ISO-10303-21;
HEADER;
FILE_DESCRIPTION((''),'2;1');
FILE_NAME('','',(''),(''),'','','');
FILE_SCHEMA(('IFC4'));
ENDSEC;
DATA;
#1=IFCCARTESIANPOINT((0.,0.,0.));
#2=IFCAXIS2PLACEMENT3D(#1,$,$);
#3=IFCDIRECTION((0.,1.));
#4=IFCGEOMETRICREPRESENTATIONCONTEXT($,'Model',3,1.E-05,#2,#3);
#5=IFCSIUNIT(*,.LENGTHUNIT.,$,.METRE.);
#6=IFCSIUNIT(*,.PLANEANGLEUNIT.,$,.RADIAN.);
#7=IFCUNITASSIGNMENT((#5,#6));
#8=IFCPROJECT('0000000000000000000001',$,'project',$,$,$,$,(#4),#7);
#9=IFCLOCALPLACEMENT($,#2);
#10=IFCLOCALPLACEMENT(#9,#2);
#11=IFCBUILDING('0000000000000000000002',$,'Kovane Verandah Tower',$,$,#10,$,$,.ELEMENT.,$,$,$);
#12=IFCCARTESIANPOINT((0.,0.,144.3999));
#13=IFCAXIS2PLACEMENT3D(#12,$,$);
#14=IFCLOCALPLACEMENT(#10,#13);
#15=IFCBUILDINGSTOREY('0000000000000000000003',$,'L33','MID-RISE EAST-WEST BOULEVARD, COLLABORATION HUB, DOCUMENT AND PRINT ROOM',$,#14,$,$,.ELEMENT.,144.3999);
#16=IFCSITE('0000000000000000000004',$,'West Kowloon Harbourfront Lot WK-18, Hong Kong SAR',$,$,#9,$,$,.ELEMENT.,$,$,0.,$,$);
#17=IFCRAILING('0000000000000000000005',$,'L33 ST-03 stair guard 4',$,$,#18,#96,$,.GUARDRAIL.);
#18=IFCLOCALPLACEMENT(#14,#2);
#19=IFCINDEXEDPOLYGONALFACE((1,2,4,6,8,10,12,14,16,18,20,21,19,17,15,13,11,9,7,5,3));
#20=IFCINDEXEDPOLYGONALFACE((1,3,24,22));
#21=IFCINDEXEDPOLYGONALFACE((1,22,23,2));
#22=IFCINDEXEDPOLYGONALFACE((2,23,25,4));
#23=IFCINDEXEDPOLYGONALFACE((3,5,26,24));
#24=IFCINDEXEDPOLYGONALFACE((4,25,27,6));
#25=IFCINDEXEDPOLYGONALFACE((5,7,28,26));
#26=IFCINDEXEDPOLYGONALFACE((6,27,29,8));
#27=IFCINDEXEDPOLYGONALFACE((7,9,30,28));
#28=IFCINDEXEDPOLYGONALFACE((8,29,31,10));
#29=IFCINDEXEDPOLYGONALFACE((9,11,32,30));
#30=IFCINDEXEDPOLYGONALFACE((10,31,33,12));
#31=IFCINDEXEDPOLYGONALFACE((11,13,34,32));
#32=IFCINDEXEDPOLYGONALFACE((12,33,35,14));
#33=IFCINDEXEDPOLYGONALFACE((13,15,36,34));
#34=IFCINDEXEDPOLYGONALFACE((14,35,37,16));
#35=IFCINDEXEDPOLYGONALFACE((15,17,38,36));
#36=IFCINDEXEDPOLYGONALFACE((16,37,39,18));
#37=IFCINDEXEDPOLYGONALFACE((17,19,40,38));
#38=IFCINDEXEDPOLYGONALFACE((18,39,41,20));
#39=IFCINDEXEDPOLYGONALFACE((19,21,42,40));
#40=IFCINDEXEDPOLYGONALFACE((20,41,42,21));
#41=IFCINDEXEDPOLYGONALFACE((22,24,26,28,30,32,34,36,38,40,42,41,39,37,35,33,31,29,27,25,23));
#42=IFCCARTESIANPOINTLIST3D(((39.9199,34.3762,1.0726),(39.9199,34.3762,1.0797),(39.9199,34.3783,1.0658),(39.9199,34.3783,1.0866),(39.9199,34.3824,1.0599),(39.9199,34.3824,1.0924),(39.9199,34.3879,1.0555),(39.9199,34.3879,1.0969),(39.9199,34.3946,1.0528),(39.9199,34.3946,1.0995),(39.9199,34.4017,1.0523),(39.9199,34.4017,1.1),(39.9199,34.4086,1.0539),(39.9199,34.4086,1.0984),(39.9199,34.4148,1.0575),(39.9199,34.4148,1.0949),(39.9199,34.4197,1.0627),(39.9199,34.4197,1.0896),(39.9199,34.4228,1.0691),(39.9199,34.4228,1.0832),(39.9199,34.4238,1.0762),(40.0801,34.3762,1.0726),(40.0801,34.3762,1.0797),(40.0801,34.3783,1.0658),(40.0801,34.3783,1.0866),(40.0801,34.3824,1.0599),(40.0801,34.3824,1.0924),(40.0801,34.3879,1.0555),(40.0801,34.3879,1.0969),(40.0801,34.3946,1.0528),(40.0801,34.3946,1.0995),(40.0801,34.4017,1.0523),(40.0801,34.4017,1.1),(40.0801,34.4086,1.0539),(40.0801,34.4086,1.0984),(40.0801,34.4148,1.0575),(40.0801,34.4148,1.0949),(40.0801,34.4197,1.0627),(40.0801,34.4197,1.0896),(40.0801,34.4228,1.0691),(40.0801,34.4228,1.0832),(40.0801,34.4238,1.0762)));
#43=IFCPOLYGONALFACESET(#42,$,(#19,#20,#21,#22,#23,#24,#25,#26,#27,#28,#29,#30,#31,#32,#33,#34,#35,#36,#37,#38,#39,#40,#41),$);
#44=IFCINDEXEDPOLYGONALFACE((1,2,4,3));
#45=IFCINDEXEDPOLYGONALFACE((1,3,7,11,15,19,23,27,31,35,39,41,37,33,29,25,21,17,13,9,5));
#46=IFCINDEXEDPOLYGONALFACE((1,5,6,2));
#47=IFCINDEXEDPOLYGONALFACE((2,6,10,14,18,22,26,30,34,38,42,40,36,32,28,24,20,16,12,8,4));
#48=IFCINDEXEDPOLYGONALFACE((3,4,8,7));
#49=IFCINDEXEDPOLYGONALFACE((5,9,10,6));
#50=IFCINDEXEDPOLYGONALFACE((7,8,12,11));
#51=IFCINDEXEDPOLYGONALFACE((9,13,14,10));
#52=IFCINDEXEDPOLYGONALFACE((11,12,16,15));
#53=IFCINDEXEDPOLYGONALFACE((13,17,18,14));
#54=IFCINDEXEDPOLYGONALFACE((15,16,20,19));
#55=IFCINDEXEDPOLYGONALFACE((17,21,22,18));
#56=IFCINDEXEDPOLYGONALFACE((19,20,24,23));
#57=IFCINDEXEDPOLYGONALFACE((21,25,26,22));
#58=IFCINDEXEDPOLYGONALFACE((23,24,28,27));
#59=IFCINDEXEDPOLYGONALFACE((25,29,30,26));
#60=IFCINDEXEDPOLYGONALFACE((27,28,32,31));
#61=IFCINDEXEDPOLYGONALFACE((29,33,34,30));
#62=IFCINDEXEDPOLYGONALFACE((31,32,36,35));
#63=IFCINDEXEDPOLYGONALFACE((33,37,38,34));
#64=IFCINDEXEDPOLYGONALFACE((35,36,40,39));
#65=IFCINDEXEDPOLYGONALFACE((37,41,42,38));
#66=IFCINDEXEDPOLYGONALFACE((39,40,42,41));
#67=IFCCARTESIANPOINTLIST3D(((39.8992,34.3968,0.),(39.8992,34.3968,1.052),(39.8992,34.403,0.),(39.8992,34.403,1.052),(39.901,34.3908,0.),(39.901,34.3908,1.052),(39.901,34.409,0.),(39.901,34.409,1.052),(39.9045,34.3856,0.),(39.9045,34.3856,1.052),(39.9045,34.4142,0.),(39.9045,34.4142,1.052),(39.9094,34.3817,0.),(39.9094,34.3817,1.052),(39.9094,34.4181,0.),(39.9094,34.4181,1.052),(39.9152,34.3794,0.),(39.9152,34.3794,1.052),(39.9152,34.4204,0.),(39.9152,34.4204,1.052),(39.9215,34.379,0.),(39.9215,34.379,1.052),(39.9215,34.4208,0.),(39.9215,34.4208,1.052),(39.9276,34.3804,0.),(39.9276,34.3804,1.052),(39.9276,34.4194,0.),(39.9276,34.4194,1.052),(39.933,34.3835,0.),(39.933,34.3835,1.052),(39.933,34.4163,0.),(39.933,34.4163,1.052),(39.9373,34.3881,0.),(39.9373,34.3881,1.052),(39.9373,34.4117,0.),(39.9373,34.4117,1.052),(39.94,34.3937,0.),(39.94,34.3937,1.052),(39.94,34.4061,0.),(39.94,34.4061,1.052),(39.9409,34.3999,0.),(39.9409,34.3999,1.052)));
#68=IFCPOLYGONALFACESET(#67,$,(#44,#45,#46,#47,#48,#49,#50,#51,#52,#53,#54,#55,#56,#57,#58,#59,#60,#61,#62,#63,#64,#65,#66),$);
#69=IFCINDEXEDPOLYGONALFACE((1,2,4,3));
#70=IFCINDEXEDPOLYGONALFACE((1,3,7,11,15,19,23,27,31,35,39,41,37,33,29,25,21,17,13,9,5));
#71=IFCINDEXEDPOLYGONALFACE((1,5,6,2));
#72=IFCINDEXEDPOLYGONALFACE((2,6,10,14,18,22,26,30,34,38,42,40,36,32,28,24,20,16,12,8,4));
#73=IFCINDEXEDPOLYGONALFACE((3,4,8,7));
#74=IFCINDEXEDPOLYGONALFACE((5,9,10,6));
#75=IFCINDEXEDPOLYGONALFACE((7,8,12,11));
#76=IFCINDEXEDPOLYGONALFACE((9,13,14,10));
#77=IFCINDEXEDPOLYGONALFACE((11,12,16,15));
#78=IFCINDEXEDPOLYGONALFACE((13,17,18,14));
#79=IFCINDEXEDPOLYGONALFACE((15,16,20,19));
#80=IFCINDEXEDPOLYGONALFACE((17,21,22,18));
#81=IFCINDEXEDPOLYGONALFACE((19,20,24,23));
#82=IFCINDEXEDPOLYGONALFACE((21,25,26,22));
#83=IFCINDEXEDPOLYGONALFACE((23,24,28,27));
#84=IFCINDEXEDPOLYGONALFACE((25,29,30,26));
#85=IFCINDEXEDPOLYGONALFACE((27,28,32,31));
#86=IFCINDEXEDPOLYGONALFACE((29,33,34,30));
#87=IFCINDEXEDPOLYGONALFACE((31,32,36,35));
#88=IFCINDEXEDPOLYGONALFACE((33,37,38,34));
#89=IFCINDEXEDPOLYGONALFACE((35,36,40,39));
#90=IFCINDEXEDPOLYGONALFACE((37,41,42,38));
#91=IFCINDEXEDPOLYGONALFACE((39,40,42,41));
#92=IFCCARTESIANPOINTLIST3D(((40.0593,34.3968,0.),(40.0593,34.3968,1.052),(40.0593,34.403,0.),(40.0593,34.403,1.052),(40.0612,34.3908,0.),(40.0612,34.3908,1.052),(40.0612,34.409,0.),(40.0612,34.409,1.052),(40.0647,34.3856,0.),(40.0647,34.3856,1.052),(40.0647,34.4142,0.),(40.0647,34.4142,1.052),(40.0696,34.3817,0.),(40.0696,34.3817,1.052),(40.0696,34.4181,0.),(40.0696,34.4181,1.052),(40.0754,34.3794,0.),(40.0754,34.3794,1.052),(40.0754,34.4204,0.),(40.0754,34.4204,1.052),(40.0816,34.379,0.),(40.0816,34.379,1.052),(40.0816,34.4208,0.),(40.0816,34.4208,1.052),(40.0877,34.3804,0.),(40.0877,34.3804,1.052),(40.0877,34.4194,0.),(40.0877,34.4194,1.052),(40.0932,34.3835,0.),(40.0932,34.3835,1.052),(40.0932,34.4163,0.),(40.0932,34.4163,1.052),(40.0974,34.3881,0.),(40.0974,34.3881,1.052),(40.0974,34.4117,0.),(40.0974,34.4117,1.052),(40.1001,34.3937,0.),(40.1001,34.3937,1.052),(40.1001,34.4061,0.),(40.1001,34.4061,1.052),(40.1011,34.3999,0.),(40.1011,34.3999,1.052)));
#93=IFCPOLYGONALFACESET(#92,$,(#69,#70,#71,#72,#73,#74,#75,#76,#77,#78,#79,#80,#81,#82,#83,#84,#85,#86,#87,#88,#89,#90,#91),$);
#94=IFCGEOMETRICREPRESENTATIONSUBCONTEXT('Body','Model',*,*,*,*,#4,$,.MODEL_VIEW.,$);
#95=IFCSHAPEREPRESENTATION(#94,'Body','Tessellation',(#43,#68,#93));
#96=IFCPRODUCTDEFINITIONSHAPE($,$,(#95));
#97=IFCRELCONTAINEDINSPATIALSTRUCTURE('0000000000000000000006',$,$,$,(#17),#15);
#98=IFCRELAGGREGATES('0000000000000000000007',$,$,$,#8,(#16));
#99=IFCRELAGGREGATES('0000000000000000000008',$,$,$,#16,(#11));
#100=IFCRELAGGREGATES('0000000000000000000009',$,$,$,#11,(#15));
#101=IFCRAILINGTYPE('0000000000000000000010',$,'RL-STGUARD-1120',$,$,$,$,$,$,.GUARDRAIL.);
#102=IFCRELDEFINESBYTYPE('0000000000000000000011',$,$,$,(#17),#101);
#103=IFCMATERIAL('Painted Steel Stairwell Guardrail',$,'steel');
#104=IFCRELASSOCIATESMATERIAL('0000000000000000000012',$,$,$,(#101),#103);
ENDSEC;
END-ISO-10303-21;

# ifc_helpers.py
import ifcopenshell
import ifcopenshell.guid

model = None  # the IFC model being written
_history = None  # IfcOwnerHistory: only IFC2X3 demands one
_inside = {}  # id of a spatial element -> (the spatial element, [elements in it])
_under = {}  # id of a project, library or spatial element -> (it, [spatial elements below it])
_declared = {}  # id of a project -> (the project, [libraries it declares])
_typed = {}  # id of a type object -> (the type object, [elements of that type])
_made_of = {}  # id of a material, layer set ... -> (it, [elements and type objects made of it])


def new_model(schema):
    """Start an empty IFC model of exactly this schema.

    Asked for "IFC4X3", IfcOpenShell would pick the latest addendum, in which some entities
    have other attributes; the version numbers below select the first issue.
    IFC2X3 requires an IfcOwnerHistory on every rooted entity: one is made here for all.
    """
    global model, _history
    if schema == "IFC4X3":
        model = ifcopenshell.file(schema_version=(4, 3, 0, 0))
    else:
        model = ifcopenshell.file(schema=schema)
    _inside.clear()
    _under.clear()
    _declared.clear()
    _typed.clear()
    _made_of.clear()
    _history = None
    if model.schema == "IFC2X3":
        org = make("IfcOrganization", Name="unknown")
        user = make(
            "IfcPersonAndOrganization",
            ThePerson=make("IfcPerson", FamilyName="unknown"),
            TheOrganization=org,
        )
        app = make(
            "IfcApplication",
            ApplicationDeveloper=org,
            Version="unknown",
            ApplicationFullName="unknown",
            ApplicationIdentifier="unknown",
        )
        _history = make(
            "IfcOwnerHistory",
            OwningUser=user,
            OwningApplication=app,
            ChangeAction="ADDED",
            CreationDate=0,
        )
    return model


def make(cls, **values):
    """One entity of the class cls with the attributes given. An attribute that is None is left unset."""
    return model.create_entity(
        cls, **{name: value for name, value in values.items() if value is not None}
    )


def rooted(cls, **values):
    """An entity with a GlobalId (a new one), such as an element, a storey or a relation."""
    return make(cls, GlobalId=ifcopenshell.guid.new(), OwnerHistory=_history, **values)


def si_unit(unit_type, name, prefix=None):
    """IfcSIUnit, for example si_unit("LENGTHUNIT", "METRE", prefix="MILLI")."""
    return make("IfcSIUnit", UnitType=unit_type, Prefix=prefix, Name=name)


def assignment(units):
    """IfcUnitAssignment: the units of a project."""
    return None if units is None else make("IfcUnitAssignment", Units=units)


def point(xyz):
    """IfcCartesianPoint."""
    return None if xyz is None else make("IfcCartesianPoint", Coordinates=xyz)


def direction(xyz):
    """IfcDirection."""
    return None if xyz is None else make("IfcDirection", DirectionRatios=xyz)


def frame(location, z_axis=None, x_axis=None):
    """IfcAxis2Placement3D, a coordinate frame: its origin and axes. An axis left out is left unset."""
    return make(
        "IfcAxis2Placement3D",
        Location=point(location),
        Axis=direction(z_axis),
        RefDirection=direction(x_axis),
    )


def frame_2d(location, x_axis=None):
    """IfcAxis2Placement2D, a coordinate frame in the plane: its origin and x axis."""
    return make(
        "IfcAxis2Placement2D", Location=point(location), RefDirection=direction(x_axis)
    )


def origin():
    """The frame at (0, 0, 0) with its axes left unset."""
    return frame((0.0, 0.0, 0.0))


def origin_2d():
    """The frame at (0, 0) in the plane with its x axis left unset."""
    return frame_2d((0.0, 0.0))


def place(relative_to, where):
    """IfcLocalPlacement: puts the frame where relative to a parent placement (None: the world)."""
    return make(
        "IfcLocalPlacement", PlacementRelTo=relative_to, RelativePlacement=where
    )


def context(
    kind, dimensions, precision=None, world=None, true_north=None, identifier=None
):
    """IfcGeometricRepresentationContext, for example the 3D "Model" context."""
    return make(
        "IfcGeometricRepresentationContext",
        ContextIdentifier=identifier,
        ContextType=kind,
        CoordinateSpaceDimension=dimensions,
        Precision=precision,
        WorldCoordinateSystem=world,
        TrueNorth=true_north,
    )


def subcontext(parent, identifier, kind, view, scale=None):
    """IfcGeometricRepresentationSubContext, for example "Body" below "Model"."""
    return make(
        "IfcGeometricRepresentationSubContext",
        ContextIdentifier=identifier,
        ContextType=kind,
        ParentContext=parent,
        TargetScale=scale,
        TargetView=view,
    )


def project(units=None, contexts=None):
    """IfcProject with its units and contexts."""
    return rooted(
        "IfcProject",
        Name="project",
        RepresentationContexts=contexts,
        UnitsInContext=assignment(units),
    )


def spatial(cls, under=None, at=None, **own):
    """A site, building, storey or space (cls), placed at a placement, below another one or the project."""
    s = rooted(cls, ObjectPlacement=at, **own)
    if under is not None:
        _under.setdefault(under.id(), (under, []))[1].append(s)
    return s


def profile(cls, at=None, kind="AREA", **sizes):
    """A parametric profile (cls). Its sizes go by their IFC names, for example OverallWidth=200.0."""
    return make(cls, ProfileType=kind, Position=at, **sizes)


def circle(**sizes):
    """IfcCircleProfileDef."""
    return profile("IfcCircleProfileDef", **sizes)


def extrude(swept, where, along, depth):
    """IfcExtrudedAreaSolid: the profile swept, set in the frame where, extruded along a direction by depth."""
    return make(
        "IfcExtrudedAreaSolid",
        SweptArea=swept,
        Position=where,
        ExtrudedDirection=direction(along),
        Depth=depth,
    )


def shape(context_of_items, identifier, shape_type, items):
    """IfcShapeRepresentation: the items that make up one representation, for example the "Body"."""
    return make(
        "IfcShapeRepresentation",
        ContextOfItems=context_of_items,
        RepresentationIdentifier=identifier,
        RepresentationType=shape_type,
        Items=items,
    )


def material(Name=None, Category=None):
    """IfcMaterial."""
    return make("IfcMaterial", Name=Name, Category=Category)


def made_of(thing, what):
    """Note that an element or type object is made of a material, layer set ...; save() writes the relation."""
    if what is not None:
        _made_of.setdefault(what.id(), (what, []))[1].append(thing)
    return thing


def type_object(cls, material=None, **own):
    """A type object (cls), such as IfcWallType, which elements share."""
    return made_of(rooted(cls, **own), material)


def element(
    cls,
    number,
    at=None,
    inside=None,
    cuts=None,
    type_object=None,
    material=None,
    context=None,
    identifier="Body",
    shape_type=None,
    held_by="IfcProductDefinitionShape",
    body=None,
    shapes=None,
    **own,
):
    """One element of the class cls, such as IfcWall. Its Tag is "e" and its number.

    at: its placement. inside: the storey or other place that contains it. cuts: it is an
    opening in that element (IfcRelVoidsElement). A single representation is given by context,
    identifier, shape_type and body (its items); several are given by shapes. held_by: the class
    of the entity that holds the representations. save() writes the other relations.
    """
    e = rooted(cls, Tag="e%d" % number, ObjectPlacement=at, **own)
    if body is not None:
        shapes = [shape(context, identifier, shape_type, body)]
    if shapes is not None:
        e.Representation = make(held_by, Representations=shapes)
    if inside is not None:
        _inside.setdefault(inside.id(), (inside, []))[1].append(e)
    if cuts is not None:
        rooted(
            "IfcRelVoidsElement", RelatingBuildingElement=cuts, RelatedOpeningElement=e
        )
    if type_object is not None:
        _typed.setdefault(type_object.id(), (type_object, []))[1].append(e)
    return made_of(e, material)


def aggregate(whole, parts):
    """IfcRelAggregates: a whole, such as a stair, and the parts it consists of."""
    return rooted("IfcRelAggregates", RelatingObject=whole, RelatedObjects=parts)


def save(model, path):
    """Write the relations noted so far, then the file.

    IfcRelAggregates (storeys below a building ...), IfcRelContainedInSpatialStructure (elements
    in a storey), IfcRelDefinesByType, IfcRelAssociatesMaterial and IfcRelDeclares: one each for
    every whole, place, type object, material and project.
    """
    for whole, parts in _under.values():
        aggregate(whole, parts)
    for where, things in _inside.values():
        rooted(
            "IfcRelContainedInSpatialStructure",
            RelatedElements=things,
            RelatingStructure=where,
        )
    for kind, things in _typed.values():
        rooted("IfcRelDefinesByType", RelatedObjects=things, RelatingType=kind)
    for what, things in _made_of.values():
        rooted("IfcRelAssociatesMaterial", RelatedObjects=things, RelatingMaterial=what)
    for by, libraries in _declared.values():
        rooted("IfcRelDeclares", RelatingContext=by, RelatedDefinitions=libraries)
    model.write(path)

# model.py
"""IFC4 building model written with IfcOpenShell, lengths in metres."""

from ifc_helpers import new_model, si_unit, direction, frame, origin, origin_2d, place, context, subcontext, project, spatial, circle, extrude, material, type_object, element, save


model = new_model("IFC4")

# Units and contexts
model_context = context("Model", 3, precision=1e-05, world=origin(), true_north=direction((0.0, 1.0)))
body_context = subcontext(model_context, "Body", "Model", "MODEL_VIEW")
ifc_project = project(units=[si_unit("LENGTHUNIT", "METRE"), si_unit("PLANEANGLEUNIT", "RADIAN")], contexts=[model_context])

# Site, building, storey
site_placement = place(None, origin())
site = spatial("IfcSite", under=ifc_project, at=site_placement, Name="West Kowloon Harbourfront Lot WK-18, Hong Kong SAR", CompositionType="ELEMENT", RefElevation=0.0)
building_placement = place(site_placement, origin())
building = spatial("IfcBuilding", under=site, at=building_placement, Name="Kovane Verandah Tower", CompositionType="ELEMENT")
storey_placement = place(building_placement, frame((0.0, 0.0, 144.3999)))
storey = spatial("IfcBuildingStorey", under=building, at=storey_placement, Name="L33", Description="MID-RISE EAST-WEST BOULEVARD, COLLABORATION HUB, DOCUMENT AND PRINT ROOM", CompositionType="ELEMENT", Elevation=144.3999)

# Railing
ifc_material_1 = material(Name="Painted Steel Stairwell Guardrail", Category="steel")
railing_type_1 = type_object("IfcRailingType", Name="RL-STGUARD-1120", PredefinedType="GUARDRAIL", material=ifc_material_1)
railing_1_placement = place(storey_placement, frame((39.9199, 34.3999, 0.0)))
element("IfcRailing", 1, at=railing_1_placement, inside=storey, type_object=railing_type_1, Name="L33 ST-03 stair guard 4", PredefinedType="GUARDRAIL", context=body_context, shape_type="SweptSolid", body=[
    extrude(circle(Radius=0.0239, at=origin_2d()), frame((0.0, 0.0, 1.0762), z_axis=(1.0, 0.0, 0.0), x_axis=(0.0, 1.0, 0.0)), (0.0, 0.0, 1.0), 0.1602),
    extrude(circle(Radius=0.021, at=origin_2d()), origin(), (0.0, 0.0, 1.0), 1.052),
    extrude(circle(Radius=0.021, at=origin_2d()), frame((0.1602, 0.0, 0.0)), (0.0, 0.0, 1.0), 1.052),
])

save(model, "model.ifc")
